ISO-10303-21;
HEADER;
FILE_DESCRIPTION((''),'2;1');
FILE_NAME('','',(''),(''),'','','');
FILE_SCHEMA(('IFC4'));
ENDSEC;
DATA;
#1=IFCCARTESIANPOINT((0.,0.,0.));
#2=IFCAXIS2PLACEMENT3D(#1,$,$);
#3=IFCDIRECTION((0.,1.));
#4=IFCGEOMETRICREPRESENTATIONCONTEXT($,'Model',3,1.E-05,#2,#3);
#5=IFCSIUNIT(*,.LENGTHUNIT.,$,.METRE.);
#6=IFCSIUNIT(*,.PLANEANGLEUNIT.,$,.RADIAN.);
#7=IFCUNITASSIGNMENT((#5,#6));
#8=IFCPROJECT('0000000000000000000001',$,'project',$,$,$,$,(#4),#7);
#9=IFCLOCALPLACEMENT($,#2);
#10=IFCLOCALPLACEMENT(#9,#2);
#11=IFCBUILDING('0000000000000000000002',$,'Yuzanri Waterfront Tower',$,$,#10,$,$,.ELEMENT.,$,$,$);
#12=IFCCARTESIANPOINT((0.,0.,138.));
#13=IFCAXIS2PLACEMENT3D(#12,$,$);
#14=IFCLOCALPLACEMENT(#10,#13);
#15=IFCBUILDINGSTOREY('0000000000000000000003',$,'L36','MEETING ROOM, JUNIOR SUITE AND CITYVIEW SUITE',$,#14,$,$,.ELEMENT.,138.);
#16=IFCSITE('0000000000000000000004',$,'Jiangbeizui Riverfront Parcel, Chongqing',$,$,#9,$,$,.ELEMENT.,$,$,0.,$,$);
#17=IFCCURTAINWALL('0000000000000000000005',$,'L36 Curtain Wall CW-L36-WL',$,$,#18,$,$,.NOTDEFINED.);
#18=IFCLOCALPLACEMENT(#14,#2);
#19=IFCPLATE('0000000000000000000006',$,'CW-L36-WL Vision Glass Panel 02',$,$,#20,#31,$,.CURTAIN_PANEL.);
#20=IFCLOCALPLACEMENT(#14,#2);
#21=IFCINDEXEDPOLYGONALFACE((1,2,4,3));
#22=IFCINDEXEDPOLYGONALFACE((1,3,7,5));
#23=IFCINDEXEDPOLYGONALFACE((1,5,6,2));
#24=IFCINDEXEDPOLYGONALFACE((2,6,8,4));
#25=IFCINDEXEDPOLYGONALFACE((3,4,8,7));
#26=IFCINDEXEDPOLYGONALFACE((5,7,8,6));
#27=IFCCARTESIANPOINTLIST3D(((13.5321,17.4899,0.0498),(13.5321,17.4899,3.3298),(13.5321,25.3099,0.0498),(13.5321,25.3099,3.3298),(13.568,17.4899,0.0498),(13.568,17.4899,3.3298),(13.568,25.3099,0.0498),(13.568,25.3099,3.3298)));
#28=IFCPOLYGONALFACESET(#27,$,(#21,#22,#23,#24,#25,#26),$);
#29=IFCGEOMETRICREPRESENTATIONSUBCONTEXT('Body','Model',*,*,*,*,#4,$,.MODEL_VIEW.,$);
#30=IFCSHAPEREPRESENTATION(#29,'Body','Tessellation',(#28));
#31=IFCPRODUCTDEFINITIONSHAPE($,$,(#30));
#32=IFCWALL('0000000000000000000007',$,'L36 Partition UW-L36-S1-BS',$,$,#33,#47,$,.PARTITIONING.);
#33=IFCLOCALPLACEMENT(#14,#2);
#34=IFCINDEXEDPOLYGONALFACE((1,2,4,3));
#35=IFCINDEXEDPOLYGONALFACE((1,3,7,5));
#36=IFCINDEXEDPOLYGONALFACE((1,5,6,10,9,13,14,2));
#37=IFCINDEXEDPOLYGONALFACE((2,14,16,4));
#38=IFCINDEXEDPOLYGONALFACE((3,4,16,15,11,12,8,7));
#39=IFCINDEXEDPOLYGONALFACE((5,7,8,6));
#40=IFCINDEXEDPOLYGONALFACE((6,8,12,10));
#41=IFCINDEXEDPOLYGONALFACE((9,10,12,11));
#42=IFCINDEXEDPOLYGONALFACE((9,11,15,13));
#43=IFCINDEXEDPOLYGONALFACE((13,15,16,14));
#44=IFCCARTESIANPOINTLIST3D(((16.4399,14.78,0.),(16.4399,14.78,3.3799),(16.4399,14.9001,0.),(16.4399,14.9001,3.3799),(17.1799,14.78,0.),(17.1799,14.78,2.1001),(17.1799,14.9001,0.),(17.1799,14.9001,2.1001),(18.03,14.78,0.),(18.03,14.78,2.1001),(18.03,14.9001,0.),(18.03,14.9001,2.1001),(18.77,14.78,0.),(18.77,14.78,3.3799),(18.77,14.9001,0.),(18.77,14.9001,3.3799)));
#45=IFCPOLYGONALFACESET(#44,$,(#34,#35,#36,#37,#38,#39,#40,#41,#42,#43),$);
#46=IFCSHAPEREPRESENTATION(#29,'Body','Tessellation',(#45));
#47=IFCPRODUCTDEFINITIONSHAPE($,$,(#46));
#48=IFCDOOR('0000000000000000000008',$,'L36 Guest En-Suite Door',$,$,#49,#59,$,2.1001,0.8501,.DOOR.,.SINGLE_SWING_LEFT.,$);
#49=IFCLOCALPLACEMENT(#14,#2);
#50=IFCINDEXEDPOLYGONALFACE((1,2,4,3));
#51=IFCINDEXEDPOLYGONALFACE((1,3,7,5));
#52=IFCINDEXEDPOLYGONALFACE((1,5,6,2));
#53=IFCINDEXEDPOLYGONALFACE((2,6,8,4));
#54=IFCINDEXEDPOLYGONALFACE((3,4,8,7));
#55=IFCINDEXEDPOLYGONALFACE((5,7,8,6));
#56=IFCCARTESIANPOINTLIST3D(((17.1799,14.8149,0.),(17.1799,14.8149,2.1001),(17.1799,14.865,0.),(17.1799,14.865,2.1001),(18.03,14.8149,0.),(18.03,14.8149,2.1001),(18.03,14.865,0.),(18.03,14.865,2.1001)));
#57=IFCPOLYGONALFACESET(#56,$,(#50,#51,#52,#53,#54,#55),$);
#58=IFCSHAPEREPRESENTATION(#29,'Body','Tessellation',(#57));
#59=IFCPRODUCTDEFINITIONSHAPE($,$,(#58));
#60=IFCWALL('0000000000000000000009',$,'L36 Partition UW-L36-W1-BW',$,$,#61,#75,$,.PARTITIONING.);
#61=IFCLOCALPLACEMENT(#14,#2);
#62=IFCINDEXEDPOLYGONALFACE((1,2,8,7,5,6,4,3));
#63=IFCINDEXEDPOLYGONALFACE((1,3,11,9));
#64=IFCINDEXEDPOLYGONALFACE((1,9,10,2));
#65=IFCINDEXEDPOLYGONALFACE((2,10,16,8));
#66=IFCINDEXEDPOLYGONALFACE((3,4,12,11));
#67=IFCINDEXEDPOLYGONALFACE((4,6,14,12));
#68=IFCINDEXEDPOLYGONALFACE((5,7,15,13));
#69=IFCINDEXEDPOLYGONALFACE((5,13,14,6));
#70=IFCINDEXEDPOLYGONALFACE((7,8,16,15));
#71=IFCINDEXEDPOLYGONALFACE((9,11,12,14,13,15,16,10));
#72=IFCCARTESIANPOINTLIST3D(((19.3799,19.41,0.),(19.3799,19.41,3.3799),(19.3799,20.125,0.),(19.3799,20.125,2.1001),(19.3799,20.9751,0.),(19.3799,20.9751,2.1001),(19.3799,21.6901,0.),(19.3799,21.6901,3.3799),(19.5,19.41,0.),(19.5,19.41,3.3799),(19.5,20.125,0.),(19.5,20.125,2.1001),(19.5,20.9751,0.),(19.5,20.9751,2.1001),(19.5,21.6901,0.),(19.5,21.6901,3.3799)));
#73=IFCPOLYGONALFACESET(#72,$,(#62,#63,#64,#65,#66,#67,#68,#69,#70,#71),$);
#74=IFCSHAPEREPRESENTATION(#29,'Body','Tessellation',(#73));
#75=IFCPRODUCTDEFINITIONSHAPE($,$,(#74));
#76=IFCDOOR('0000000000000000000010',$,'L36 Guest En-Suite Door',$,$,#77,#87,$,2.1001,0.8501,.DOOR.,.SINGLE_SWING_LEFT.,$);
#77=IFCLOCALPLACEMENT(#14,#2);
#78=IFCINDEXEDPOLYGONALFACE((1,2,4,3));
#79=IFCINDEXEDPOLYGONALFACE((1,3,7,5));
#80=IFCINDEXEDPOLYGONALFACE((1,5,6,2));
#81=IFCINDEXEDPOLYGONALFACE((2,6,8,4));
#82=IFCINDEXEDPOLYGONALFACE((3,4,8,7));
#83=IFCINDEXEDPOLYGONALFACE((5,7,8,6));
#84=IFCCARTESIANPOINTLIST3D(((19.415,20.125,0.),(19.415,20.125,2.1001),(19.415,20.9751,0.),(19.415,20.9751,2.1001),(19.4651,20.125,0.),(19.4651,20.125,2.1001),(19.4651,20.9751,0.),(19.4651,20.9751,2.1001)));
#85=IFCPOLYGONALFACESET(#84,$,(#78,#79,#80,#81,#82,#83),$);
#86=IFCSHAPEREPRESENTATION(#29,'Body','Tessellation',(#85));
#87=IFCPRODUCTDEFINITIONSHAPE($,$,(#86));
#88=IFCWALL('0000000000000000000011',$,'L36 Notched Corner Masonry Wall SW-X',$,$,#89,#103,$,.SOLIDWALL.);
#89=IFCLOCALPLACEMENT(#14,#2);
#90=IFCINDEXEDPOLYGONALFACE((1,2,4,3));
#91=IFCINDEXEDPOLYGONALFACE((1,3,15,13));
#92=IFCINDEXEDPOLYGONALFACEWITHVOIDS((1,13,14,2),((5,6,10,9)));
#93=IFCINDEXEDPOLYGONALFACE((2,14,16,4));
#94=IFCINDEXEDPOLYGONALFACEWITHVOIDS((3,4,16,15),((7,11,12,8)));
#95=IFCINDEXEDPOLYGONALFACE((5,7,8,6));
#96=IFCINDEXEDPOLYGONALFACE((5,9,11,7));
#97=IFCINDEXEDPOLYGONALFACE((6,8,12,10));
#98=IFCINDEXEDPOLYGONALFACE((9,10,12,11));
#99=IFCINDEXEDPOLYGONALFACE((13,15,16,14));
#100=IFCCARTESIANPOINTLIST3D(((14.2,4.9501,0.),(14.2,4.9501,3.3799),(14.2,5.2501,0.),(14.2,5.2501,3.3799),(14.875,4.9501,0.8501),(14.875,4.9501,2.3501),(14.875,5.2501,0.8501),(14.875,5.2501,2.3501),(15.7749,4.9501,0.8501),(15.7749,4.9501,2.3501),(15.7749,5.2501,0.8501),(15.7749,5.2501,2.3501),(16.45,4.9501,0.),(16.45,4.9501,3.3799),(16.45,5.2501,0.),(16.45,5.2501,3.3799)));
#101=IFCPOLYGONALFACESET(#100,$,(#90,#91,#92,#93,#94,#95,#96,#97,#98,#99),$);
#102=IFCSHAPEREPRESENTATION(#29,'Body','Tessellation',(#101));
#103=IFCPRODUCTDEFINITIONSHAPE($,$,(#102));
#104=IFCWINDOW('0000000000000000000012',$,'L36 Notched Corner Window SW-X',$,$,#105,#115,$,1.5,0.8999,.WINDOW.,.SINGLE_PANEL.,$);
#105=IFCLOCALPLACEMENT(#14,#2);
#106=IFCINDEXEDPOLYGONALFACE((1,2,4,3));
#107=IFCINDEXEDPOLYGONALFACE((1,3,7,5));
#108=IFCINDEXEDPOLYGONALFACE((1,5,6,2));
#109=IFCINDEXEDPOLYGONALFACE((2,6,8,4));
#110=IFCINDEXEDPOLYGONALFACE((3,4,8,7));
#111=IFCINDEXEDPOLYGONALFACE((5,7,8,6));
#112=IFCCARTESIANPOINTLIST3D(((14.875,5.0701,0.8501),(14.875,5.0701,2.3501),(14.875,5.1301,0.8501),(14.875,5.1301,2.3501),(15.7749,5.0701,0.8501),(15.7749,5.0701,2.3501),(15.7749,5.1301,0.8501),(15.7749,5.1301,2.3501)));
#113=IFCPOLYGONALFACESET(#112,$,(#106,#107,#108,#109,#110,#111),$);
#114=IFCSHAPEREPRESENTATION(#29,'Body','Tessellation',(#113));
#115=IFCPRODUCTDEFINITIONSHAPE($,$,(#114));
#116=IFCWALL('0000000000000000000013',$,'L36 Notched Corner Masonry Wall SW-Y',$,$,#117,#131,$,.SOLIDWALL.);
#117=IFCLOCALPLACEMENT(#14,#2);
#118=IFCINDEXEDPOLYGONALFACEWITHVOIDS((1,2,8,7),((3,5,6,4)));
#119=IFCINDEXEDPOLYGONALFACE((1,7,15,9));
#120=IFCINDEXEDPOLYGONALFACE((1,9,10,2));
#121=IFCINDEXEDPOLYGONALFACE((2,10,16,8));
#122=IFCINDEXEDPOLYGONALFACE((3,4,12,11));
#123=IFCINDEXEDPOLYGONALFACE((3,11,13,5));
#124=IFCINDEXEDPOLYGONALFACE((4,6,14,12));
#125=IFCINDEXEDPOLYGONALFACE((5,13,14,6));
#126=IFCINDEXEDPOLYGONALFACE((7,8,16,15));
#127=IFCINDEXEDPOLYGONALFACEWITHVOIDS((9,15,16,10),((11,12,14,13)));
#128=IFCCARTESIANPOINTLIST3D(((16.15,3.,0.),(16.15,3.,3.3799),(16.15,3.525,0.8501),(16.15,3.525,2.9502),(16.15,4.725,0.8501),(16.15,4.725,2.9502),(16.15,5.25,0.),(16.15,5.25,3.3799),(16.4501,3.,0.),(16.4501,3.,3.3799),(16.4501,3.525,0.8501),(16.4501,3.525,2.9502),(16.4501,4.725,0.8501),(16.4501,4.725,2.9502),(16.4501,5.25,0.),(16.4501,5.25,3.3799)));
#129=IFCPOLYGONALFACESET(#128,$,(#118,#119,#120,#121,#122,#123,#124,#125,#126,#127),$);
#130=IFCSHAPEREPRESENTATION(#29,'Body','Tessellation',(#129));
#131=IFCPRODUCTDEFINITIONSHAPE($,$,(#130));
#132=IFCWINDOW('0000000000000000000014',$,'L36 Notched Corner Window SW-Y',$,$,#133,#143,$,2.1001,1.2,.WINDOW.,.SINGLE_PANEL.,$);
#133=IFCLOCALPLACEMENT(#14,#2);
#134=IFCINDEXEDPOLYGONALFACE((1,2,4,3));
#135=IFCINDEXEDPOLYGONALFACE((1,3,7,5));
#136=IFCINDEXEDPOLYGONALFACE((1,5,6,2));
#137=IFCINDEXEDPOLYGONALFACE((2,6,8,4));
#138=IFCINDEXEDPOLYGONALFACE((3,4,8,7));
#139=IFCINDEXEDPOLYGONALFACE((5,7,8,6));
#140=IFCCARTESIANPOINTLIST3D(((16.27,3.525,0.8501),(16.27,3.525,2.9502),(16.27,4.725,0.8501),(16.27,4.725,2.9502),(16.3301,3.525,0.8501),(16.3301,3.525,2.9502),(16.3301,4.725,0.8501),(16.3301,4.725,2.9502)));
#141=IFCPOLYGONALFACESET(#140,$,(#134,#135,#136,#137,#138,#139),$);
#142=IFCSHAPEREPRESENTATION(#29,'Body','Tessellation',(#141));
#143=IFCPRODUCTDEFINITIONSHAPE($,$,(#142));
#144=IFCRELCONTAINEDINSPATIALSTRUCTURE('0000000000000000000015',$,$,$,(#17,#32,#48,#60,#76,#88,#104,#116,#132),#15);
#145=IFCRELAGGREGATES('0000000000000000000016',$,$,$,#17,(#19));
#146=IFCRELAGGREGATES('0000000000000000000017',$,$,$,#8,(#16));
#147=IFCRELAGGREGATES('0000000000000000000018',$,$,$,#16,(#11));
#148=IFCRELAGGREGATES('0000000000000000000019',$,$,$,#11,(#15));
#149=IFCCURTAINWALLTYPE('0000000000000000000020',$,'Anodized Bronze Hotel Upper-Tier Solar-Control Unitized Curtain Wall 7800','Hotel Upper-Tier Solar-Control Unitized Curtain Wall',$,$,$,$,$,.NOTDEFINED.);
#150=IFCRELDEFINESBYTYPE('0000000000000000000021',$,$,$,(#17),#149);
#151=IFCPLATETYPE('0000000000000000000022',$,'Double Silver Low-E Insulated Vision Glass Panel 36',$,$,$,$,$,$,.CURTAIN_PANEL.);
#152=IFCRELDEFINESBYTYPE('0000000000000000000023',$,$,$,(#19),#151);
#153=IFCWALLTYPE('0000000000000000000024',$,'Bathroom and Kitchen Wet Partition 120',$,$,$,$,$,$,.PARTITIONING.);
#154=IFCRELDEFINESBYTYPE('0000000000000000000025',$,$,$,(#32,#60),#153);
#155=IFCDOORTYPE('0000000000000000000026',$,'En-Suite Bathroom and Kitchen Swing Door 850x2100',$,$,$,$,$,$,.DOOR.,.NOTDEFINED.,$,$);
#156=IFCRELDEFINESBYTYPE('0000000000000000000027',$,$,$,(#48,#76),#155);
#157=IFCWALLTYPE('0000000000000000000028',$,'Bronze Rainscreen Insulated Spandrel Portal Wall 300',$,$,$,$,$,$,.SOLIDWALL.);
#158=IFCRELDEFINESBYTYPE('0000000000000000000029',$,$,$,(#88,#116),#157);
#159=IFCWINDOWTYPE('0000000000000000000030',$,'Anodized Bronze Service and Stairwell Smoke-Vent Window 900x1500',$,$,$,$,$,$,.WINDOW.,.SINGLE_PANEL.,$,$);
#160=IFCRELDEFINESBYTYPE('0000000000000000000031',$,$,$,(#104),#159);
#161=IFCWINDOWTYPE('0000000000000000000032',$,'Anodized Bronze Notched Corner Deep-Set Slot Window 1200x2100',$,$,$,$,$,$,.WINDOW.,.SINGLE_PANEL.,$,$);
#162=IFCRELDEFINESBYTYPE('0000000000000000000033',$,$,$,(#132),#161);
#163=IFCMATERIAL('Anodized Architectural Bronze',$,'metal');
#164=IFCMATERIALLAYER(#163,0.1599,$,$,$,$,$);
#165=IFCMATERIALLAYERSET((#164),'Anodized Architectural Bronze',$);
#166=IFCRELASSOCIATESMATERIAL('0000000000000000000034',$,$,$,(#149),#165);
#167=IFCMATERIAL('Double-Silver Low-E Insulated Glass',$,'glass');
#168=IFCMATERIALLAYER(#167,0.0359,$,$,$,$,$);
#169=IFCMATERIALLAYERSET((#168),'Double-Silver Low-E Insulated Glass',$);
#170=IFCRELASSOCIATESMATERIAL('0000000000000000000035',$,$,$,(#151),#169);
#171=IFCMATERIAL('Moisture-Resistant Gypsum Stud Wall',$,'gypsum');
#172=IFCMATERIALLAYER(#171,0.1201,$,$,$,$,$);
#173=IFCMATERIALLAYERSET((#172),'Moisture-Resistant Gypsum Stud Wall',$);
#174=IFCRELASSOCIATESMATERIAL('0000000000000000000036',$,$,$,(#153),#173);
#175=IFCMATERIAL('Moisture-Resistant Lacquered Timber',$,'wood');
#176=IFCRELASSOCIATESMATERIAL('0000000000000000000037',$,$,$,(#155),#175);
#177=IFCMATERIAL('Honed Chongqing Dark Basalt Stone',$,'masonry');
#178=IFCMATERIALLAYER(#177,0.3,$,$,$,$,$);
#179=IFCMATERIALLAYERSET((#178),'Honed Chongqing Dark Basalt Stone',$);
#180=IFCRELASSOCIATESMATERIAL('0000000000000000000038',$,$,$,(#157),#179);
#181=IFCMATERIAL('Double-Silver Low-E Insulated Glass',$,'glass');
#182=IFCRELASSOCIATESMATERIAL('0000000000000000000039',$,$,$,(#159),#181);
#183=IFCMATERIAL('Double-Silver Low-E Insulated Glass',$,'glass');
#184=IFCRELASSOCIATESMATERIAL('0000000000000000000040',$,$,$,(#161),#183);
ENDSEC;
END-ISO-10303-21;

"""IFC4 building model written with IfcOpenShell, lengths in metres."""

from ifc_helpers import new_model, si_unit, direction, frame, frame_2d, origin, origin_2d, place, context, subcontext, project, spatial, rectangle, extrude, source, transform, mapped, material, layer, layer_set, type_object, element, fill, aggregate, save


model = new_model("IFC4")

# Units and contexts
model_context = context("Model", 3, precision=1e-05, world=origin(), true_north=direction((0.0, 1.0)))
body_context = subcontext(model_context, "Body", "Model", "MODEL_VIEW")
ifc_project = project(units=[si_unit("LENGTHUNIT", "METRE"), si_unit("PLANEANGLEUNIT", "RADIAN")], contexts=[model_context])

# Site, building, storey
site_placement = place(None, origin())
site = spatial("IfcSite", under=ifc_project, at=site_placement, Name="Jiangbeizui Riverfront Parcel, Chongqing", CompositionType="ELEMENT", RefElevation=0.0)
building_placement = place(site_placement, origin())
building = spatial("IfcBuilding", under=site, at=building_placement, Name="Yuzanri Waterfront Tower", CompositionType="ELEMENT")
storey_placement = place(building_placement, frame((0.0, 0.0, 138.0)))
storey = spatial("IfcBuildingStorey", under=building, at=storey_placement, Name="L36", Description="MEETING ROOM, JUNIOR SUITE AND CITYVIEW SUITE", CompositionType="ELEMENT", Elevation=138.0)

# Shared definitions
ifc_material_1 = material(Name="Anodized Architectural Bronze", Category="metal")
ifc_layer_1 = layer(ifc_material_1, 0.1599)
ifc_layer_set_1 = layer_set([ifc_layer_1], Name="Anodized Architectural Bronze")
curtain_wall_type = type_object("IfcCurtainWallType", Name="Anodized Bronze Hotel Upper-Tier Solar-Control Unitized Curtain Wall 7800", Description="Hotel Upper-Tier Solar-Control Unitized Curtain Wall", PredefinedType="NOTDEFINED", material=ifc_layer_set_1)

# Curtain wall, plate
curtain_wall_1_placement = place(storey_placement, origin())
curtain_wall_1 = element("IfcCurtainWall", 1, at=curtain_wall_1_placement, inside=storey, type_object=curtain_wall_type, Name="L36 Curtain Wall CW-L36-WL", PredefinedType="NOTDEFINED")
ifc_material_2 = material(Name="Double-Silver Low-E Insulated Glass", Category="glass")
ifc_layer_2 = layer(ifc_material_2, 0.0359)
ifc_layer_set_2 = layer_set([ifc_layer_2], Name="Double-Silver Low-E Insulated Glass")
plate_type_1 = type_object("IfcPlateType", Name="Double Silver Low-E Insulated Vision Glass Panel 36", PredefinedType="CURTAIN_PANEL", material=ifc_layer_set_2)
shared_shape_1 = source(origin(), body_context, "Body", "SweptSolid", [
    extrude(rectangle(XDim=7.8201, YDim=0.0359, at=origin_2d()), origin(), (0.0, 0.0, 1.0), 3.28),
])
plate_1_placement = place(storey_placement, frame((13.55, 21.3999, 0.0498), z_axis=(0.0, 0.0, 1.0), x_axis=(0.0, 1.0, 0.0)))
plate_1 = element("IfcPlate", 2, at=plate_1_placement, type_object=plate_type_1, Name="CW-L36-WL Vision Glass Panel 02", PredefinedType="CURTAIN_PANEL", context=body_context, shape_type="MappedRepresentation", body=[
    mapped(shared_shape_1, transform((0.0, 0.0, 0.0), scale=1.0)),
])
aggregate(curtain_wall_1, [plate_1])

# Walls, openings, doors
ifc_material_3 = material(Name="Moisture-Resistant Gypsum Stud Wall", Category="gypsum")
ifc_layer_3 = layer(ifc_material_3, 0.1201)
ifc_layer_set_3 = layer_set([ifc_layer_3], Name="Moisture-Resistant Gypsum Stud Wall")
wall_type_1 = type_object("IfcWallType", Name="Bathroom and Kitchen Wet Partition 120", PredefinedType="PARTITIONING", material=ifc_layer_set_3)
wall_1_placement = place(storey_placement, frame((16.4399, 14.8401, 0.0), z_axis=(0.0, 0.0, 1.0), x_axis=(1.0, 0.0, 0.0)))
wall_1 = element("IfcWall", 3, at=wall_1_placement, inside=storey, type_object=wall_type_1, Name="L36 Partition UW-L36-S1-BS", PredefinedType="PARTITIONING", context=body_context, shape_type="SweptSolid", body=[
    extrude(rectangle(XDim=2.3301, YDim=0.1201, at=frame_2d((1.165, 0.0))), origin(), (0.0, 0.0, 1.0), 3.3799),
])
opening_1_placement = place(wall_1_placement, frame((0.74, 0.0, 0.0)))
opening_1 = element("IfcOpeningElement", 4, at=opening_1_placement, cuts=wall_1, PredefinedType="OPENING", context=body_context, shape_type="SweptSolid", body=[
    extrude(rectangle(XDim=0.8501, YDim=2.1001, at=frame_2d((0.425, 1.05))), frame((0.0, 0.075, 0.0), z_axis=(0.0, -1.0, 0.0), x_axis=(1.0, 0.0, 0.0)), (0.0, 0.0, 1.0), 0.1499),
])
ifc_material_4 = material(Name="Moisture-Resistant Lacquered Timber", Category="wood")
door_type_1 = type_object("IfcDoorType", Name="En-Suite Bathroom and Kitchen Swing Door 850x2100", OperationType="NOTDEFINED", PredefinedType="DOOR", material=ifc_material_4)
shared_shape_2 = source(origin(), body_context, "Body", "SweptSolid", [
    extrude(rectangle(XDim=0.8501, YDim=2.1001, at=frame_2d((0.425, 1.05))), frame((0.0, 0.0249, 0.0), z_axis=(0.0, -1.0, 0.0), x_axis=(1.0, 0.0, 0.0)), (0.0, 0.0, 1.0), 0.05),
])
door_1_placement = place(opening_1_placement, origin())
door_1 = element("IfcDoor", 5, at=door_1_placement, inside=storey, type_object=door_type_1, Name="L36 Guest En-Suite Door", OperationType="SINGLE_SWING_LEFT", OverallHeight=2.1001, OverallWidth=0.8501, PredefinedType="DOOR", context=body_context, shape_type="MappedRepresentation", body=[
    mapped(shared_shape_2, transform((0.0, 0.0, 0.0), scale=1.0)),
])
fill(opening_1, door_1)
wall_2_placement = place(storey_placement, frame((19.4399, 19.4099, 0.0), z_axis=(0.0, 0.0, 1.0), x_axis=(0.0, 1.0, 0.0)))
wall_2 = element("IfcWall", 6, at=wall_2_placement, inside=storey, type_object=wall_type_1, Name="L36 Partition UW-L36-W1-BW", PredefinedType="PARTITIONING", context=body_context, shape_type="SweptSolid", body=[
    extrude(rectangle(XDim=2.28, YDim=0.1201, at=frame_2d((1.1401, 0.0))), origin(), (0.0, 0.0, 1.0), 3.3799),
])
opening_2_placement = place(wall_2_placement, frame((0.7151, 0.0, 0.0)))
opening_2 = element("IfcOpeningElement", 7, at=opening_2_placement, cuts=wall_2, PredefinedType="OPENING", context=body_context, shape_type="SweptSolid", body=[
    extrude(rectangle(XDim=0.8501, YDim=2.1001, at=frame_2d((0.425, 1.05))), frame((0.0, 0.075, 0.0), z_axis=(0.0, -1.0, 0.0), x_axis=(1.0, 0.0, 0.0)), (0.0, 0.0, 1.0), 0.1499),
])
door_2_placement = place(opening_2_placement, origin())
door_2 = element("IfcDoor", 8, at=door_2_placement, inside=storey, type_object=door_type_1, Name="L36 Guest En-Suite Door", OperationType="SINGLE_SWING_LEFT", OverallHeight=2.1001, OverallWidth=0.8501, PredefinedType="DOOR", context=body_context, shape_type="MappedRepresentation", body=[
    mapped(shared_shape_2, transform((0.0, 0.0, 0.0), scale=1.0)),
])
fill(opening_2, door_2)

# Walls, openings, windows
ifc_material_5 = material(Name="Honed Chongqing Dark Basalt Stone", Category="masonry")
ifc_layer_4 = layer(ifc_material_5, 0.3)
ifc_layer_set_4 = layer_set([ifc_layer_4], Name="Honed Chongqing Dark Basalt Stone")
wall_type_2 = type_object("IfcWallType", Name="Bronze Rainscreen Insulated Spandrel Portal Wall 300", PredefinedType="SOLIDWALL", material=ifc_layer_set_4)
wall_3_placement = place(storey_placement, frame((14.2, 5.1001, 0.0), z_axis=(0.0, 0.0, 1.0), x_axis=(1.0, 0.0, 0.0)))
wall_3 = element("IfcWall", 9, at=wall_3_placement, inside=storey, type_object=wall_type_2, Name="L36 Notched Corner Masonry Wall SW-X", PredefinedType="SOLIDWALL", context=body_context, shape_type="SweptSolid", body=[
    extrude(rectangle(XDim=2.25, YDim=0.3, at=frame_2d((1.125, 0.0))), origin(), (0.0, 0.0, 1.0), 3.3799),
])
opening_3_placement = place(wall_3_placement, frame((0.675, 0.0, 0.8501)))
opening_3 = element("IfcOpeningElement", 10, at=opening_3_placement, cuts=wall_3, PredefinedType="OPENING", context=body_context, shape_type="SweptSolid", body=[
    extrude(rectangle(XDim=0.8999, YDim=1.5, at=frame_2d((0.45, 0.75))), frame((0.0, 0.165, 0.0), z_axis=(0.0, -1.0, 0.0), x_axis=(1.0, 0.0, 0.0)), (0.0, 0.0, 1.0), 0.3298),
])
ifc_material_6 = material(Name="Double-Silver Low-E Insulated Glass", Category="glass")
window_type_1 = type_object("IfcWindowType", Name="Anodized Bronze Service and Stairwell Smoke-Vent Window 900x1500", PartitioningType="SINGLE_PANEL", PredefinedType="WINDOW", material=ifc_material_6)
shared_shape_3 = source(origin(), body_context, "Body", "SweptSolid", [
    extrude(rectangle(XDim=0.8999, YDim=1.5, at=frame_2d((0.45, 0.75))), frame((0.0, 0.03, 0.0), z_axis=(0.0, -1.0, 0.0), x_axis=(1.0, 0.0, 0.0)), (0.0, 0.0, 1.0), 0.0601),
])
window_1_placement = place(opening_3_placement, origin())
window_1 = element("IfcWindow", 11, at=window_1_placement, inside=storey, type_object=window_type_1, Name="L36 Notched Corner Window SW-X", OverallHeight=1.5, OverallWidth=0.8999, PartitioningType="SINGLE_PANEL", PredefinedType="WINDOW", context=body_context, shape_type="MappedRepresentation", body=[
    mapped(shared_shape_3, transform((0.0, 0.0, 0.0), scale=1.0)),
])
fill(opening_3, window_1)
wall_4_placement = place(storey_placement, frame((16.3, 5.25, 0.0), z_axis=(0.0, 0.0, 1.0), x_axis=(0.0, -1.0, 0.0)))
wall_4 = element("IfcWall", 12, at=wall_4_placement, inside=storey, type_object=wall_type_2, Name="L36 Notched Corner Masonry Wall SW-Y", PredefinedType="SOLIDWALL", context=body_context, shape_type="SweptSolid", body=[
    extrude(rectangle(XDim=2.25, YDim=0.3, at=frame_2d((1.125, 0.0))), origin(), (0.0, 0.0, 1.0), 3.3799),
])
opening_4_placement = place(wall_4_placement, frame((0.5249, 0.0, 0.8501)))
opening_4 = element("IfcOpeningElement", 13, at=opening_4_placement, cuts=wall_4, PredefinedType="OPENING", context=body_context, shape_type="SweptSolid", body=[
    extrude(rectangle(XDim=1.2, YDim=2.1001, at=frame_2d((0.6001, 1.05))), frame((0.0, 0.165, 0.0), z_axis=(0.0, -1.0, 0.0), x_axis=(1.0, 0.0, 0.0)), (0.0, 0.0, 1.0), 0.3298),
])
ifc_material_7 = material(Name="Double-Silver Low-E Insulated Glass", Category="glass")
window_type_2 = type_object("IfcWindowType", Name="Anodized Bronze Notched Corner Deep-Set Slot Window 1200x2100", PartitioningType="SINGLE_PANEL", PredefinedType="WINDOW", material=ifc_material_7)
shared_shape_4 = source(origin(), body_context, "Body", "SweptSolid", [
    extrude(rectangle(XDim=1.2, YDim=2.1001, at=frame_2d((0.6001, 1.05))), frame((0.0, 0.03, 0.0), z_axis=(0.0, -1.0, 0.0), x_axis=(1.0, 0.0, 0.0)), (0.0, 0.0, 1.0), 0.0601),
])
window_2_placement = place(opening_4_placement, origin())
window_2 = element("IfcWindow", 14, at=window_2_placement, inside=storey, type_object=window_type_2, Name="L36 Notched Corner Window SW-Y", OverallHeight=2.1001, OverallWidth=1.2, PartitioningType="SINGLE_PANEL", PredefinedType="WINDOW", context=body_context, shape_type="MappedRepresentation", body=[
    mapped(shared_shape_4, transform((0.0, 0.0, 0.0), scale=1.0)),
])
fill(opening_4, window_2)

save(model, "model.ifc")
